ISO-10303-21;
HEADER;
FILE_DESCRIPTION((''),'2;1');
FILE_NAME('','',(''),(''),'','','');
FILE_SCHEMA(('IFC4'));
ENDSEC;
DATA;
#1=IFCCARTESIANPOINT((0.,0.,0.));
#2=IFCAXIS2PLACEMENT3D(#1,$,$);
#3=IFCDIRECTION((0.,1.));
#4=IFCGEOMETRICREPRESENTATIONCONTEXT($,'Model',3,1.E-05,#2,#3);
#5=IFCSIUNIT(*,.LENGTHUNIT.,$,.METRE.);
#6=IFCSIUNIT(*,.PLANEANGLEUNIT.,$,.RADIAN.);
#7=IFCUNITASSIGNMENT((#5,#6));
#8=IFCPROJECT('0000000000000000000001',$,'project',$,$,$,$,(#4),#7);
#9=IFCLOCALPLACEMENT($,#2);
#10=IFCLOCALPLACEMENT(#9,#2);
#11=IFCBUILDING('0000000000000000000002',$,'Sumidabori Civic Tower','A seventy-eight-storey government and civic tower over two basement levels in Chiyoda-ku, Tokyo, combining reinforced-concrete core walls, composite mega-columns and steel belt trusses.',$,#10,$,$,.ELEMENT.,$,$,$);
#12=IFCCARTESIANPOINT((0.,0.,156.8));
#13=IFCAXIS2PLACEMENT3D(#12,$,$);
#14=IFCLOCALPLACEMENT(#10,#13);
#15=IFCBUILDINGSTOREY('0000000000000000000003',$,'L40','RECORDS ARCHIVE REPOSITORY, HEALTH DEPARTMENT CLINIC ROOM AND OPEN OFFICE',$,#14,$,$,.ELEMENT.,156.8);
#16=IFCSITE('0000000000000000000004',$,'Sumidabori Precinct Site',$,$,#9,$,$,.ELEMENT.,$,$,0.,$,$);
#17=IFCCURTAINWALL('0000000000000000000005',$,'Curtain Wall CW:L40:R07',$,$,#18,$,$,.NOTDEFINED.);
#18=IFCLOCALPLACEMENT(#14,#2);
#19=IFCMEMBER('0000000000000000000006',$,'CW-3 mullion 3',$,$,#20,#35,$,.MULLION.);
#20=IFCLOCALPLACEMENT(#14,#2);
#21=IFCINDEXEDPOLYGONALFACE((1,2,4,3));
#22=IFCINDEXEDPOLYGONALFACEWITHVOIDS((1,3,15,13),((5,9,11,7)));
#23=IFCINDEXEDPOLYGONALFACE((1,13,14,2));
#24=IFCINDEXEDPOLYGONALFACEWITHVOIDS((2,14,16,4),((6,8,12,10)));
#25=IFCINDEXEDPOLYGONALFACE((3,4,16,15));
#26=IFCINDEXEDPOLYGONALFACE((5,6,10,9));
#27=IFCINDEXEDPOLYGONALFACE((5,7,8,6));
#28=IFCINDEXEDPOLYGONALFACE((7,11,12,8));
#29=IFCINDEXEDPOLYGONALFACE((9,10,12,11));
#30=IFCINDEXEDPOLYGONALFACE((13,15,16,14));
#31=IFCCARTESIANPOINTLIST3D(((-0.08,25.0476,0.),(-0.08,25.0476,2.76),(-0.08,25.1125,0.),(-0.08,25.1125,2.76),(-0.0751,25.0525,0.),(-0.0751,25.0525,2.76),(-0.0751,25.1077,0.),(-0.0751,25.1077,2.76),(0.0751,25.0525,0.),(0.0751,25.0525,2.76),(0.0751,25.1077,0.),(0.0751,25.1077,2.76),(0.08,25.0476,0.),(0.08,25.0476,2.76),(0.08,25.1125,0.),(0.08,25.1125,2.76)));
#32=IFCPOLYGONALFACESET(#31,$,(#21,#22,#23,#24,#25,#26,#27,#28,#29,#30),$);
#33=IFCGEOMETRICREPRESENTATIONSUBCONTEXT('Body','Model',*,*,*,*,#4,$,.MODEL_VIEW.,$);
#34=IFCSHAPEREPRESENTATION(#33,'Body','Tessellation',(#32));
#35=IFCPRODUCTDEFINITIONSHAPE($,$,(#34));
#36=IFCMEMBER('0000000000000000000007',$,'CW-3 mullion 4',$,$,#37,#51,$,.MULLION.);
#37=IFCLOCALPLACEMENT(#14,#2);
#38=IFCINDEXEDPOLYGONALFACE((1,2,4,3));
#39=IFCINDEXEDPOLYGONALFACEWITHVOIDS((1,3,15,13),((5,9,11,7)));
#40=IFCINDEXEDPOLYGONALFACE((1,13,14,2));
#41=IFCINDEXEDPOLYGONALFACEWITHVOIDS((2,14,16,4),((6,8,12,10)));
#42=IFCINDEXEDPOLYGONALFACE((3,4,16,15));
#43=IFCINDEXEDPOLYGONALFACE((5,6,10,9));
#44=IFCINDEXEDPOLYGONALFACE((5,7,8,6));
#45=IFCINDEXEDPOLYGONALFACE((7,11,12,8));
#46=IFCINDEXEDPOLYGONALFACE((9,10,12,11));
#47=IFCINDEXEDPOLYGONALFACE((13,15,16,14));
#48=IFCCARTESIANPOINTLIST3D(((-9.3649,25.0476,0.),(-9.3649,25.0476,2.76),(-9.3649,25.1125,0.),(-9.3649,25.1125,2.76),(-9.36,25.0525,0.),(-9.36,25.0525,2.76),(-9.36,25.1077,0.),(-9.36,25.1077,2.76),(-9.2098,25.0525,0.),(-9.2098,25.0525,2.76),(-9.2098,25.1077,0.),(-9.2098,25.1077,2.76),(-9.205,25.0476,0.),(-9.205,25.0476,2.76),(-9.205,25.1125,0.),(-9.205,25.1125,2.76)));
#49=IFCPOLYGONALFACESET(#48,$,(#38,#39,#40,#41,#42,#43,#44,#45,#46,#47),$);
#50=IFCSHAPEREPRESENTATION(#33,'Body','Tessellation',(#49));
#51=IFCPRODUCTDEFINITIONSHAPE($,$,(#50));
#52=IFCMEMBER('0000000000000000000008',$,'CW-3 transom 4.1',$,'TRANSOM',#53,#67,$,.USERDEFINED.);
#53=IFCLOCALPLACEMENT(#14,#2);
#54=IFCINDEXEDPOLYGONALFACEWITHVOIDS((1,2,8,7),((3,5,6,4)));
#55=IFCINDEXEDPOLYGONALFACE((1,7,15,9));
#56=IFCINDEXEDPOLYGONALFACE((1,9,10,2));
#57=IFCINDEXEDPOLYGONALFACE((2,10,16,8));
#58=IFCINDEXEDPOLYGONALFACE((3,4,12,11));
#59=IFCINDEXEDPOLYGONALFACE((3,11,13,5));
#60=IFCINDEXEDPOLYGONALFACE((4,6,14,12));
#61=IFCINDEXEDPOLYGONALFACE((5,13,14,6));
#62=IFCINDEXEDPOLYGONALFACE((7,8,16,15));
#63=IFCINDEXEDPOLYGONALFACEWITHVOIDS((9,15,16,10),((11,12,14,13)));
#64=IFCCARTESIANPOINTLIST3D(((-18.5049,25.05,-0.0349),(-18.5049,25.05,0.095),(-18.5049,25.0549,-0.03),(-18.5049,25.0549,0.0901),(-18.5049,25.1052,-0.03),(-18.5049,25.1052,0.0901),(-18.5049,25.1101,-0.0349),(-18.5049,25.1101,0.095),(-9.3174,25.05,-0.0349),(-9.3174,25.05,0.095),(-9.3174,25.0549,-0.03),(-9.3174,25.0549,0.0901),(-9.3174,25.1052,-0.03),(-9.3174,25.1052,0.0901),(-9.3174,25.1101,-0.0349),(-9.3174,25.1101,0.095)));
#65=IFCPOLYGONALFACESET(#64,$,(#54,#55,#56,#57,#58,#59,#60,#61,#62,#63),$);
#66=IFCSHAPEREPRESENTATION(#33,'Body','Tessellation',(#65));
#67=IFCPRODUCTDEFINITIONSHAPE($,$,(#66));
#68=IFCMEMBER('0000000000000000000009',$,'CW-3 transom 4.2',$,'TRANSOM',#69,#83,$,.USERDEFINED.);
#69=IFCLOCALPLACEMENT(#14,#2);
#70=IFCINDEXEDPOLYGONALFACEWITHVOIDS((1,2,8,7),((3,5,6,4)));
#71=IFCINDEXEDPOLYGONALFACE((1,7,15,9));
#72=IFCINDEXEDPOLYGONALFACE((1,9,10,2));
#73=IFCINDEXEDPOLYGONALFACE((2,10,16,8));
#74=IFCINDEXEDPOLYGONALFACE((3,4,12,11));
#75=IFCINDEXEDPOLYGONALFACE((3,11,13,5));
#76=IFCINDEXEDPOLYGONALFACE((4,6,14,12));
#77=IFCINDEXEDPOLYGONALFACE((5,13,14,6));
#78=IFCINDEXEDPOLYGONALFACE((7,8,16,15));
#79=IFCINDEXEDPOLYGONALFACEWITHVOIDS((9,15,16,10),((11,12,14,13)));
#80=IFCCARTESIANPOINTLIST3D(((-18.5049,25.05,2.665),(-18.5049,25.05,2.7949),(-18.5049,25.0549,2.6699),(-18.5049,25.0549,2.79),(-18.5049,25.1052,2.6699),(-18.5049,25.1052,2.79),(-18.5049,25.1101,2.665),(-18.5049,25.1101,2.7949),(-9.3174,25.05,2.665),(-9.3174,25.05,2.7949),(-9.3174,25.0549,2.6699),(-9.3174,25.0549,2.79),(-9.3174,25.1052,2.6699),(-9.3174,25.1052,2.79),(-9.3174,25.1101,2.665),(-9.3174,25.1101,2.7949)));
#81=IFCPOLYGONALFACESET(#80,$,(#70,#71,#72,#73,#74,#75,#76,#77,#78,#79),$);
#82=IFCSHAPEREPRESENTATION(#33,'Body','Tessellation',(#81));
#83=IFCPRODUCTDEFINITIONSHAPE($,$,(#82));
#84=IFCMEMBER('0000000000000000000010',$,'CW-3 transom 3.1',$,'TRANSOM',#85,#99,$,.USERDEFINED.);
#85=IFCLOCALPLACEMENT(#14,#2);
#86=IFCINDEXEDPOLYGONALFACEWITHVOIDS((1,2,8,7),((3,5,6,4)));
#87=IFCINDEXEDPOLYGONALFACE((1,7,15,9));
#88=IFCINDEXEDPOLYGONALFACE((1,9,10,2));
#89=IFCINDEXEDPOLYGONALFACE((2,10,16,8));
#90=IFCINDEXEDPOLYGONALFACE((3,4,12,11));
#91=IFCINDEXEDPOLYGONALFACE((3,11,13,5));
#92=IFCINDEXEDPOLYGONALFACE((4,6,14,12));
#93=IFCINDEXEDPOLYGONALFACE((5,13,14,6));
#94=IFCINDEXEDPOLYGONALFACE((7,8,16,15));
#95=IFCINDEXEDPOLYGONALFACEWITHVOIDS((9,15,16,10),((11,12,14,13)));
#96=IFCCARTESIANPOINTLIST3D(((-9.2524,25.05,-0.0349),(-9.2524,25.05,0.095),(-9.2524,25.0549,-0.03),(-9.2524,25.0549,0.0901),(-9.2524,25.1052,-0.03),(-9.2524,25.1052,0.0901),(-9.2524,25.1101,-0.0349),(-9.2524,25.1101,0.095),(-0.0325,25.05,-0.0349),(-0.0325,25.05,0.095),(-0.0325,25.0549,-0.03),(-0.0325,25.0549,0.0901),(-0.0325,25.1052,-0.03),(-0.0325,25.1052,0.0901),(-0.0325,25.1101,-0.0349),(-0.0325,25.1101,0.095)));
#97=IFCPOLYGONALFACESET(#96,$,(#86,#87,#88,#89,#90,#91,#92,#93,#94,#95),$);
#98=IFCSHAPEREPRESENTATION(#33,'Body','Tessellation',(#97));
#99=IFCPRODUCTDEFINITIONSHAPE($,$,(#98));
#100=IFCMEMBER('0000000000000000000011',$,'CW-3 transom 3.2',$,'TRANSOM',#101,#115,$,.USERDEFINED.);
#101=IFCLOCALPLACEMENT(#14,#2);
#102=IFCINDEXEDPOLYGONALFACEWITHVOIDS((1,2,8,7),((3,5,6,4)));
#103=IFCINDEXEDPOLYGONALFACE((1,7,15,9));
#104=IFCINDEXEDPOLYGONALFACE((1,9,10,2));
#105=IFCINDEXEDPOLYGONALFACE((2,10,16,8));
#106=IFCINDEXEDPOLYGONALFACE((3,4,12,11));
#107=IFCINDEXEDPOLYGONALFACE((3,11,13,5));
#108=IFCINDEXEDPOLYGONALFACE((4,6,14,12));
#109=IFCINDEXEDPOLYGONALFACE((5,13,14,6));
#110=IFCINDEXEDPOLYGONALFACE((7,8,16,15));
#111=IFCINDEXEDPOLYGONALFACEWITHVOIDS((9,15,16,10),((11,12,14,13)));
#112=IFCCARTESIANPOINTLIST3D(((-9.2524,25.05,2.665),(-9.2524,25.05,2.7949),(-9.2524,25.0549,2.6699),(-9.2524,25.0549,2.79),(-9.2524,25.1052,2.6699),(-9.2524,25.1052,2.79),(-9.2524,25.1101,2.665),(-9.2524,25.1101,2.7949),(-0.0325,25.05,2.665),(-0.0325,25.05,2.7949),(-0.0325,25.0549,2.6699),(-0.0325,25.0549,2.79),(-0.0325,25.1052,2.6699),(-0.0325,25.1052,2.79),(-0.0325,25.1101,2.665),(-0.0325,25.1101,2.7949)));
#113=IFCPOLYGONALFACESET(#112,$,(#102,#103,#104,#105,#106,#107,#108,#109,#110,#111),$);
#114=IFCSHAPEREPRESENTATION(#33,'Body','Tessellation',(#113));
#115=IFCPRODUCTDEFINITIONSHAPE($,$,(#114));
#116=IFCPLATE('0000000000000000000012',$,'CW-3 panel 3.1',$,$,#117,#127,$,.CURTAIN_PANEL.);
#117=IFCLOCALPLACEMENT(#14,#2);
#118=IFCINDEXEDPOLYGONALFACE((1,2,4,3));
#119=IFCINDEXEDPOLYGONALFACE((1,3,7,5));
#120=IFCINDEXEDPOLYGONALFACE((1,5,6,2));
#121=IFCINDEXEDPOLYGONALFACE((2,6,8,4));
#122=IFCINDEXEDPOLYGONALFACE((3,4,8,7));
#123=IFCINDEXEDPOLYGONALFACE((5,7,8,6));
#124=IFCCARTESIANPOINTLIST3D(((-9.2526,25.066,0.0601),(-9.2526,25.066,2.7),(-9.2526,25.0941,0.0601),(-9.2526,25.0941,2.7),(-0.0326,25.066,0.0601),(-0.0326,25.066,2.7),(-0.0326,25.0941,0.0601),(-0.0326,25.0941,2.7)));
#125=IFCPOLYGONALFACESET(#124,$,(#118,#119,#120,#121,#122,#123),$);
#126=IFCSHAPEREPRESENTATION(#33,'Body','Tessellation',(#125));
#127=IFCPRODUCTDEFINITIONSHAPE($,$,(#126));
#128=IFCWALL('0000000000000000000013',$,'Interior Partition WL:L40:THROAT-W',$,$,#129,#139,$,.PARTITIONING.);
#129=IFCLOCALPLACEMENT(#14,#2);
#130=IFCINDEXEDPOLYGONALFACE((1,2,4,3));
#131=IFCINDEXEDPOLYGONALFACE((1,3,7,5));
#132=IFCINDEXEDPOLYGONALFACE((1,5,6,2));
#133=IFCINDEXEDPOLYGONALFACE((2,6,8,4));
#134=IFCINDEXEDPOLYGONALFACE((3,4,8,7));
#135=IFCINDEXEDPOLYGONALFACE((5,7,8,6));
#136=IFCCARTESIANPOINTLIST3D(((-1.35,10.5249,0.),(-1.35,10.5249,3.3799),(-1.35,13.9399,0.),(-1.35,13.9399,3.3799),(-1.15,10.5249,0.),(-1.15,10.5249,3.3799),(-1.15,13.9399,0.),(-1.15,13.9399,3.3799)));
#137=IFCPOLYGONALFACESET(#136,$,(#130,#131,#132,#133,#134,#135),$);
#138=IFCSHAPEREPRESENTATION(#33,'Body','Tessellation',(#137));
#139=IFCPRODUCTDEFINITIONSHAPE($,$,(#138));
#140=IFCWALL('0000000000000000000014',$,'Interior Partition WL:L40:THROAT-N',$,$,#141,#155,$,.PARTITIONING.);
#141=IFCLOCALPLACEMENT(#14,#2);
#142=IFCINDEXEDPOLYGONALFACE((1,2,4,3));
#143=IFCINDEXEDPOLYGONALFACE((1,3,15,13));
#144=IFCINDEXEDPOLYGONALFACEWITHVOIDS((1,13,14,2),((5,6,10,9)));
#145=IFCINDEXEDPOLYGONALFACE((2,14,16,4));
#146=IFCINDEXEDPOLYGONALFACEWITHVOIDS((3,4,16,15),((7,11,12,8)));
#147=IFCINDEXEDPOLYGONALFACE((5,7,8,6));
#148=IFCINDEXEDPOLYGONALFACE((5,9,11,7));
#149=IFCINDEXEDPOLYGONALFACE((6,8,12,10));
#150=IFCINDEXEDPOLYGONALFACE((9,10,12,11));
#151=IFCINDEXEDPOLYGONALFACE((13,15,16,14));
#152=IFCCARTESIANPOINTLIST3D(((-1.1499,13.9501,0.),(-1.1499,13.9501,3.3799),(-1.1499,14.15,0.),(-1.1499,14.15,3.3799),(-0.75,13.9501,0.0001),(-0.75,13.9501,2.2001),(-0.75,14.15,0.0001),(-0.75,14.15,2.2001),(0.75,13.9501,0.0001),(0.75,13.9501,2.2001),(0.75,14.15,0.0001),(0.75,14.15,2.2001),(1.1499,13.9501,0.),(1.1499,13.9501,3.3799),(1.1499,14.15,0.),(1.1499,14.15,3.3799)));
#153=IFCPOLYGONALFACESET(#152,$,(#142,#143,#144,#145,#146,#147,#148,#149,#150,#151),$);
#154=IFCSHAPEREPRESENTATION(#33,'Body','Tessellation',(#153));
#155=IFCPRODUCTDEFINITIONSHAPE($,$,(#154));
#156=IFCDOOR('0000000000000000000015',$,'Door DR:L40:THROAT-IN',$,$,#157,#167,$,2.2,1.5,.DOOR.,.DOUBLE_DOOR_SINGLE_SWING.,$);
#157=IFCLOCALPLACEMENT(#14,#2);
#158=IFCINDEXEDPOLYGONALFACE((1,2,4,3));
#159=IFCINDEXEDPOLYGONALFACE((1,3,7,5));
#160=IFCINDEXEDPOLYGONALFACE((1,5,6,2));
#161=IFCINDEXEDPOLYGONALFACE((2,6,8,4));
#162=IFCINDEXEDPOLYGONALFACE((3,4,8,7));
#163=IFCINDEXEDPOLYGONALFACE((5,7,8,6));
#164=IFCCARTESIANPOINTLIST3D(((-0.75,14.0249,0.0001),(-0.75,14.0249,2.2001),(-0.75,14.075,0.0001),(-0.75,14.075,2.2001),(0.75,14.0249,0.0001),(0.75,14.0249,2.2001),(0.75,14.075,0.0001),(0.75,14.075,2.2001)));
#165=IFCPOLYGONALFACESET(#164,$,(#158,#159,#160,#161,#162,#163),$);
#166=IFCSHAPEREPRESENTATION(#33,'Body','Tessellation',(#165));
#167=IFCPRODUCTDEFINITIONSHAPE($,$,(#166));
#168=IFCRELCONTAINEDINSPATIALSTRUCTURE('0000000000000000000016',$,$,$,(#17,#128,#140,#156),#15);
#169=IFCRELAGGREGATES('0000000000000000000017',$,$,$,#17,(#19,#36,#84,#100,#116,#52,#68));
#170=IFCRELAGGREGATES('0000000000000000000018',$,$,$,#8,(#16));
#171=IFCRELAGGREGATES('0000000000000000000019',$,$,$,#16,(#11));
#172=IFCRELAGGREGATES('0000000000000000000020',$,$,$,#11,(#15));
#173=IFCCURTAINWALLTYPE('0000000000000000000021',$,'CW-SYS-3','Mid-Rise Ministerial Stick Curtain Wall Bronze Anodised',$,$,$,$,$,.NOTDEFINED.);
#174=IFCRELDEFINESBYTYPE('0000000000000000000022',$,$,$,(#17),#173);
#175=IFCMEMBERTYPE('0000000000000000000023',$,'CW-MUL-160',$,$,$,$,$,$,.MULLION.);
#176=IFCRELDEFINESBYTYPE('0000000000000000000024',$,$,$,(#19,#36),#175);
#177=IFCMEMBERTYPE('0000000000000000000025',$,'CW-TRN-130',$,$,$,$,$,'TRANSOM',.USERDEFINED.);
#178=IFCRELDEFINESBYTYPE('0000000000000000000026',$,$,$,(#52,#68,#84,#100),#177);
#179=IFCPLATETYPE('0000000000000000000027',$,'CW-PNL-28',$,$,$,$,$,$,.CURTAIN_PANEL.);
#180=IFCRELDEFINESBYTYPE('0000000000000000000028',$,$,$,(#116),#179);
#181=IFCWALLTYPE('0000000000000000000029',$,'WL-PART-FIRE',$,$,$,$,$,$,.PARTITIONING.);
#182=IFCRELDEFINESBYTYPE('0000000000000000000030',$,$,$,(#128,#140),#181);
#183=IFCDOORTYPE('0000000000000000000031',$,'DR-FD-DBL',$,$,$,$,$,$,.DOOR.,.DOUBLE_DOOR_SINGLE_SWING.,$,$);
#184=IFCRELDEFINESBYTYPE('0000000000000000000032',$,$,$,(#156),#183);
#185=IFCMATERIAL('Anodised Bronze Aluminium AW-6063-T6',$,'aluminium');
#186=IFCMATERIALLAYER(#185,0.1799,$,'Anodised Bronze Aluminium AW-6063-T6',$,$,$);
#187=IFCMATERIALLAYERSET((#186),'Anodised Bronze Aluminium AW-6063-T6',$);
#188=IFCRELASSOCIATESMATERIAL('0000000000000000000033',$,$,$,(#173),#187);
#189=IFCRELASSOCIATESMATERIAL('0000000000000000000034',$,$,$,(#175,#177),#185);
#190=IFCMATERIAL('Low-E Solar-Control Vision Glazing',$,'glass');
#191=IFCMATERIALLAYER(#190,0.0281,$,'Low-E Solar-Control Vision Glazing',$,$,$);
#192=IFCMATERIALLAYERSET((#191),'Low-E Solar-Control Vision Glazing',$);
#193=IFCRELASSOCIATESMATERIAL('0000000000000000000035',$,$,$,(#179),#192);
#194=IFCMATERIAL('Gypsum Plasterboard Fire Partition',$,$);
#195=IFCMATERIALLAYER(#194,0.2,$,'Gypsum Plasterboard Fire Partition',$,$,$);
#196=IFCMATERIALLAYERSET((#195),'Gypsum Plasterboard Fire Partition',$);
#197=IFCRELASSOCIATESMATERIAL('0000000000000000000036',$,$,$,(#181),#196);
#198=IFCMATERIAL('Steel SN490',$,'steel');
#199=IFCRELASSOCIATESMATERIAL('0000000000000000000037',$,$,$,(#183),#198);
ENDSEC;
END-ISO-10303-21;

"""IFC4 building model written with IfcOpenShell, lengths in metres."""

from ifc_helpers import new_model, si_unit, direction, frame, frame_2d, origin, origin_2d, place, context, subcontext, project, spatial, rectangle, hollow_rectangle, extrude, source, transform, mapped, material, layer, layer_set, material_profile, profile_set, type_object, element, fill, aggregate, save


model = new_model("IFC4")

# Units and contexts
model_context = context("Model", 3, precision=1e-05, world=origin(), true_north=direction((0.0, 1.0)))
body_context = subcontext(model_context, "Body", "Model", "MODEL_VIEW")
ifc_project = project(units=[si_unit("LENGTHUNIT", "METRE"), si_unit("PLANEANGLEUNIT", "RADIAN")], contexts=[model_context])

# Site, building, storey
site_placement = place(None, origin())
site = spatial("IfcSite", under=ifc_project, at=site_placement, Name="Sumidabori Precinct Site", CompositionType="ELEMENT", RefElevation=0.0)
building_placement = place(site_placement, origin())
building = spatial("IfcBuilding", under=site, at=building_placement, Name="Sumidabori Civic Tower", Description="A seventy-eight-storey government and civic tower over two basement levels in Chiyoda-ku, Tokyo, combining reinforced-concrete core walls, composite mega-columns and steel belt trusses.", CompositionType="ELEMENT")
storey_placement = place(building_placement, frame((0.0, 0.0, 156.8)))
storey = spatial("IfcBuildingStorey", under=building, at=storey_placement, Name="L40", Description="RECORDS ARCHIVE REPOSITORY, HEALTH DEPARTMENT CLINIC ROOM AND OPEN OFFICE", CompositionType="ELEMENT", Elevation=156.8)

# Curtain wall, members, plate
ifc_material_1 = material(Name="Anodised Bronze Aluminium AW-6063-T6", Category="aluminium")
ifc_layer_1 = layer(ifc_material_1, 0.1799, Name="Anodised Bronze Aluminium AW-6063-T6")
ifc_layer_set_1 = layer_set([ifc_layer_1], Name="Anodised Bronze Aluminium AW-6063-T6")
curtain_wall_type = type_object("IfcCurtainWallType", Name="CW-SYS-3", Description="Mid-Rise Ministerial Stick Curtain Wall Bronze Anodised", PredefinedType="NOTDEFINED", material=ifc_layer_set_1)
curtain_wall_placement = place(storey_placement, origin())
curtain_wall = element("IfcCurtainWall", 1, at=curtain_wall_placement, inside=storey, type_object=curtain_wall_type, Name="Curtain Wall CW:L40:R07", PredefinedType="NOTDEFINED")
ifc_material_profile_1 = material_profile(ifc_material_1, hollow_rectangle(XDim=0.0649, YDim=0.1599, WallThickness=0.0049, at=origin_2d()), Name="ALU MULLION 160x65")
ifc_profile_set_1 = profile_set([ifc_material_profile_1], Name="Anodised Bronze Aluminium AW-6063-T6")
member_type_1 = type_object("IfcMemberType", Name="CW-MUL-160", PredefinedType="MULLION", material=ifc_profile_set_1)
shared_shape_1 = source(origin(), body_context, "Body", "SweptSolid", [
    extrude(hollow_rectangle(XDim=0.0649, YDim=0.1599, WallThickness=0.0049, at=origin_2d()), origin(), (0.0, 0.0, 1.0), 2.76),
])
member_1_placement = place(storey_placement, frame((0.0, 25.0801, 0.0), z_axis=(0.0, 0.0, 1.0), x_axis=(0.0, -1.0, 0.0)))
member_1 = element("IfcMember", 2, at=member_1_placement, type_object=member_type_1, Name="CW-3 mullion 3", PredefinedType="MULLION", context=body_context, shape_type="MappedRepresentation", body=[
    mapped(shared_shape_1, transform((0.0, 0.0, 0.0), x_axis=(1.0, 0.0, 0.0), y_axis=(0.0, 1.0, 0.0), z_axis=(0.0, 0.0, 1.0), scale=1.0)),
])
member_2_placement = place(storey_placement, frame((-9.2849, 25.0801, 0.0), z_axis=(0.0, 0.0, 1.0), x_axis=(0.0, -1.0, 0.0)))
member_2 = element("IfcMember", 3, at=member_2_placement, type_object=member_type_1, Name="CW-3 mullion 4", PredefinedType="MULLION", context=body_context, shape_type="MappedRepresentation", body=[
    mapped(shared_shape_1, transform((0.0, 0.0, 0.0), x_axis=(1.0, 0.0, 0.0), y_axis=(0.0, 1.0, 0.0), z_axis=(0.0, 0.0, 1.0), scale=1.0)),
])
ifc_material_profile_2 = material_profile(ifc_material_1, hollow_rectangle(XDim=0.0601, YDim=0.1299, WallThickness=0.0049, at=origin_2d()), Name="ALU TRANSOM 130x60")
ifc_profile_set_2 = profile_set([ifc_material_profile_2], Name="Anodised Bronze Aluminium AW-6063-T6")
member_type_2 = type_object("IfcMemberType", Name="CW-TRN-130", ElementType="TRANSOM", PredefinedType="USERDEFINED", material=ifc_profile_set_2)
shared_shape_2 = source(origin(), body_context, "Body", "SweptSolid", [
    extrude(hollow_rectangle(XDim=0.0601, YDim=0.1299, WallThickness=0.0049, at=origin_2d()), origin(), (0.0, 0.0, 1.0), 9.1875),
])
member_3_placement = place(storey_placement, frame((-9.3174, 25.0801, 0.03), z_axis=(-1.0, 0.0, 0.0), x_axis=(0.0, -1.0, 0.0)))
member_3 = element("IfcMember", 4, at=member_3_placement, type_object=member_type_2, Name="CW-3 transom 4.1", ObjectType="TRANSOM", PredefinedType="USERDEFINED", context=body_context, shape_type="MappedRepresentation", body=[
    mapped(shared_shape_2, transform((0.0, 0.0, 0.0), x_axis=(1.0, 0.0, 0.0), y_axis=(0.0, 1.0, 0.0), z_axis=(0.0, 0.0, 1.0), scale=1.0)),
])
member_4_placement = place(storey_placement, frame((-9.3174, 25.0801, 2.73), z_axis=(-1.0, 0.0, 0.0), x_axis=(0.0, -1.0, 0.0)))
member_4 = element("IfcMember", 5, at=member_4_placement, type_object=member_type_2, Name="CW-3 transom 4.2", ObjectType="TRANSOM", PredefinedType="USERDEFINED", context=body_context, shape_type="MappedRepresentation", body=[
    mapped(shared_shape_2, transform((0.0, 0.0, 0.0), x_axis=(1.0, 0.0, 0.0), y_axis=(0.0, 1.0, 0.0), z_axis=(0.0, 0.0, 1.0), scale=1.0)),
])
shared_shape_3 = source(origin(), body_context, "Body", "SweptSolid", [
    extrude(hollow_rectangle(XDim=0.0601, YDim=0.1299, WallThickness=0.0049, at=origin_2d()), origin(), (0.0, 0.0, 1.0), 9.22),
])
member_5_placement = place(storey_placement, frame((-0.0325, 25.0801, 0.03), z_axis=(-1.0, 0.0, 0.0), x_axis=(0.0, -1.0, 0.0)))
member_5 = element("IfcMember", 6, at=member_5_placement, type_object=member_type_2, Name="CW-3 transom 3.1", ObjectType="TRANSOM", PredefinedType="USERDEFINED", context=body_context, shape_type="MappedRepresentation", body=[
    mapped(shared_shape_3, transform((0.0, 0.0, 0.0), x_axis=(1.0, 0.0, 0.0), y_axis=(0.0, 1.0, 0.0), z_axis=(0.0, 0.0, 1.0), scale=1.0)),
])
member_6_placement = place(storey_placement, frame((-0.0325, 25.0801, 2.73), z_axis=(-1.0, 0.0, 0.0), x_axis=(0.0, -1.0, 0.0)))
member_6 = element("IfcMember", 7, at=member_6_placement, type_object=member_type_2, Name="CW-3 transom 3.2", ObjectType="TRANSOM", PredefinedType="USERDEFINED", context=body_context, shape_type="MappedRepresentation", body=[
    mapped(shared_shape_3, transform((0.0, 0.0, 0.0), x_axis=(1.0, 0.0, 0.0), y_axis=(0.0, 1.0, 0.0), z_axis=(0.0, 0.0, 1.0), scale=1.0)),
])
ifc_material_2 = material(Name="Low-E Solar-Control Vision Glazing", Category="glass")
ifc_layer_2 = layer(ifc_material_2, 0.0281, Name="Low-E Solar-Control Vision Glazing")
ifc_layer_set_2 = layer_set([ifc_layer_2], Name="Low-E Solar-Control Vision Glazing")
plate_type = type_object("IfcPlateType", Name="CW-PNL-28", PredefinedType="CURTAIN_PANEL", material=ifc_layer_set_2)
shared_shape_4 = source(origin(), body_context, "Body", "SweptSolid", [
    extrude(rectangle(XDim=9.22, YDim=0.0281, at=origin_2d()), origin(), (0.0, 0.0, 1.0), 2.6399),
])
plate_placement = place(storey_placement, frame((-4.6426, 25.0801, 0.0601), z_axis=(0.0, 0.0, 1.0), x_axis=(-1.0, 0.0, 0.0)))
plate = element("IfcPlate", 8, at=plate_placement, type_object=plate_type, Name="CW-3 panel 3.1", PredefinedType="CURTAIN_PANEL", context=body_context, shape_type="MappedRepresentation", body=[
    mapped(shared_shape_4, transform((0.0, 0.0, 0.0), x_axis=(1.0, 0.0, 0.0), y_axis=(0.0, 1.0, 0.0), z_axis=(0.0, 0.0, 1.0), scale=1.0)),
])
aggregate(curtain_wall, [member_1, member_2, member_5, member_6, plate, member_3, member_4])

# Shared definitions
ifc_material_3 = material(Name="Gypsum Plasterboard Fire Partition")
ifc_layer_3 = layer(ifc_material_3, 0.2, Name="Gypsum Plasterboard Fire Partition")
ifc_layer_set_3 = layer_set([ifc_layer_3], Name="Gypsum Plasterboard Fire Partition")
wall_type_1 = type_object("IfcWallType", Name="WL-PART-FIRE", PredefinedType="PARTITIONING", material=ifc_layer_set_3)

# Wall
shared_shape_5 = source(origin(), body_context, "Body", "SweptSolid", [
    extrude(rectangle(XDim=3.415, YDim=0.2, at=frame_2d((1.7075, 0.0))), origin(), (0.0, 0.0, 1.0), 3.3799),
])
wall_1_placement = place(storey_placement, frame((-1.25, 10.5249, 0.0), z_axis=(0.0, 0.0, 1.0), x_axis=(0.0, 1.0, 0.0)))
element("IfcWall", 9, at=wall_1_placement, inside=storey, type_object=wall_type_1, Name="Interior Partition WL:L40:THROAT-W", PredefinedType="PARTITIONING", context=body_context, shape_type="MappedRepresentation", body=[
    mapped(shared_shape_5, transform((0.0, 0.0, 0.0), x_axis=(1.0, 0.0, 0.0), y_axis=(0.0, 1.0, 0.0), z_axis=(0.0, 0.0, 1.0), scale=1.0)),
])

# Wall, opening, door
shared_shape_6 = source(origin(), body_context, "Body", "SweptSolid", [
    extrude(rectangle(XDim=2.2998, YDim=0.2, at=frame_2d((1.1499, 0.0))), origin(), (0.0, 0.0, 1.0), 3.3799),
])
wall_2_placement = place(storey_placement, frame((-1.1499, 14.05, 0.0), z_axis=(0.0, 0.0, 1.0), x_axis=(1.0, 0.0, 0.0)))
wall_2 = element("IfcWall", 10, at=wall_2_placement, inside=storey, type_object=wall_type_1, Name="Interior Partition WL:L40:THROAT-N", PredefinedType="PARTITIONING", context=body_context, shape_type="MappedRepresentation", body=[
    mapped(shared_shape_6, transform((0.0, 0.0, 0.0), x_axis=(1.0, 0.0, 0.0), y_axis=(0.0, 1.0, 0.0), z_axis=(0.0, 0.0, 1.0), scale=1.0)),
])
opening_1_placement = place(wall_2_placement, frame((0.3999, 0.0, 0.0)))
opening_1 = element("IfcOpeningElement", 11, at=opening_1_placement, cuts=wall_2, PredefinedType="OPENING", context=body_context, shape_type="SweptSolid", body=[
    extrude(rectangle(XDim=1.5, YDim=2.2, at=frame_2d((0.75, 1.1001))), frame((0.0, 0.1118, 0.0), z_axis=(0.0, -1.0, 0.0), x_axis=(1.0, 0.0, 0.0)), (0.0, 0.0, 1.0), 0.2239),
])
ifc_material_4 = material(Name="Steel SN490", Category="steel")
door_type_1 = type_object("IfcDoorType", Name="DR-FD-DBL", OperationType="DOUBLE_DOOR_SINGLE_SWING", PredefinedType="DOOR", material=ifc_material_4)
shared_shape_7 = source(origin(), body_context, "Body", "SweptSolid", [
    extrude(rectangle(XDim=1.5, YDim=2.2, at=frame_2d((0.75, 1.1001))), frame((0.0, 0.0249, 0.0), z_axis=(0.0, -1.0, 0.0), x_axis=(1.0, 0.0, 0.0)), (0.0, 0.0, 1.0), 0.05),
])
door_1_placement = place(opening_1_placement, origin())
door_1 = element("IfcDoor", 12, at=door_1_placement, inside=storey, type_object=door_type_1, Name="Door DR:L40:THROAT-IN", OperationType="DOUBLE_DOOR_SINGLE_SWING", OverallHeight=2.2, OverallWidth=1.5, PredefinedType="DOOR", context=body_context, shape_type="MappedRepresentation", body=[
    mapped(shared_shape_7, transform((0.0, 0.0, 0.0), x_axis=(1.0, 0.0, 0.0), y_axis=(0.0, 1.0, 0.0), z_axis=(0.0, 0.0, 1.0), scale=1.0)),
])
fill(opening_1, door_1)

save(model, "model.ifc")
